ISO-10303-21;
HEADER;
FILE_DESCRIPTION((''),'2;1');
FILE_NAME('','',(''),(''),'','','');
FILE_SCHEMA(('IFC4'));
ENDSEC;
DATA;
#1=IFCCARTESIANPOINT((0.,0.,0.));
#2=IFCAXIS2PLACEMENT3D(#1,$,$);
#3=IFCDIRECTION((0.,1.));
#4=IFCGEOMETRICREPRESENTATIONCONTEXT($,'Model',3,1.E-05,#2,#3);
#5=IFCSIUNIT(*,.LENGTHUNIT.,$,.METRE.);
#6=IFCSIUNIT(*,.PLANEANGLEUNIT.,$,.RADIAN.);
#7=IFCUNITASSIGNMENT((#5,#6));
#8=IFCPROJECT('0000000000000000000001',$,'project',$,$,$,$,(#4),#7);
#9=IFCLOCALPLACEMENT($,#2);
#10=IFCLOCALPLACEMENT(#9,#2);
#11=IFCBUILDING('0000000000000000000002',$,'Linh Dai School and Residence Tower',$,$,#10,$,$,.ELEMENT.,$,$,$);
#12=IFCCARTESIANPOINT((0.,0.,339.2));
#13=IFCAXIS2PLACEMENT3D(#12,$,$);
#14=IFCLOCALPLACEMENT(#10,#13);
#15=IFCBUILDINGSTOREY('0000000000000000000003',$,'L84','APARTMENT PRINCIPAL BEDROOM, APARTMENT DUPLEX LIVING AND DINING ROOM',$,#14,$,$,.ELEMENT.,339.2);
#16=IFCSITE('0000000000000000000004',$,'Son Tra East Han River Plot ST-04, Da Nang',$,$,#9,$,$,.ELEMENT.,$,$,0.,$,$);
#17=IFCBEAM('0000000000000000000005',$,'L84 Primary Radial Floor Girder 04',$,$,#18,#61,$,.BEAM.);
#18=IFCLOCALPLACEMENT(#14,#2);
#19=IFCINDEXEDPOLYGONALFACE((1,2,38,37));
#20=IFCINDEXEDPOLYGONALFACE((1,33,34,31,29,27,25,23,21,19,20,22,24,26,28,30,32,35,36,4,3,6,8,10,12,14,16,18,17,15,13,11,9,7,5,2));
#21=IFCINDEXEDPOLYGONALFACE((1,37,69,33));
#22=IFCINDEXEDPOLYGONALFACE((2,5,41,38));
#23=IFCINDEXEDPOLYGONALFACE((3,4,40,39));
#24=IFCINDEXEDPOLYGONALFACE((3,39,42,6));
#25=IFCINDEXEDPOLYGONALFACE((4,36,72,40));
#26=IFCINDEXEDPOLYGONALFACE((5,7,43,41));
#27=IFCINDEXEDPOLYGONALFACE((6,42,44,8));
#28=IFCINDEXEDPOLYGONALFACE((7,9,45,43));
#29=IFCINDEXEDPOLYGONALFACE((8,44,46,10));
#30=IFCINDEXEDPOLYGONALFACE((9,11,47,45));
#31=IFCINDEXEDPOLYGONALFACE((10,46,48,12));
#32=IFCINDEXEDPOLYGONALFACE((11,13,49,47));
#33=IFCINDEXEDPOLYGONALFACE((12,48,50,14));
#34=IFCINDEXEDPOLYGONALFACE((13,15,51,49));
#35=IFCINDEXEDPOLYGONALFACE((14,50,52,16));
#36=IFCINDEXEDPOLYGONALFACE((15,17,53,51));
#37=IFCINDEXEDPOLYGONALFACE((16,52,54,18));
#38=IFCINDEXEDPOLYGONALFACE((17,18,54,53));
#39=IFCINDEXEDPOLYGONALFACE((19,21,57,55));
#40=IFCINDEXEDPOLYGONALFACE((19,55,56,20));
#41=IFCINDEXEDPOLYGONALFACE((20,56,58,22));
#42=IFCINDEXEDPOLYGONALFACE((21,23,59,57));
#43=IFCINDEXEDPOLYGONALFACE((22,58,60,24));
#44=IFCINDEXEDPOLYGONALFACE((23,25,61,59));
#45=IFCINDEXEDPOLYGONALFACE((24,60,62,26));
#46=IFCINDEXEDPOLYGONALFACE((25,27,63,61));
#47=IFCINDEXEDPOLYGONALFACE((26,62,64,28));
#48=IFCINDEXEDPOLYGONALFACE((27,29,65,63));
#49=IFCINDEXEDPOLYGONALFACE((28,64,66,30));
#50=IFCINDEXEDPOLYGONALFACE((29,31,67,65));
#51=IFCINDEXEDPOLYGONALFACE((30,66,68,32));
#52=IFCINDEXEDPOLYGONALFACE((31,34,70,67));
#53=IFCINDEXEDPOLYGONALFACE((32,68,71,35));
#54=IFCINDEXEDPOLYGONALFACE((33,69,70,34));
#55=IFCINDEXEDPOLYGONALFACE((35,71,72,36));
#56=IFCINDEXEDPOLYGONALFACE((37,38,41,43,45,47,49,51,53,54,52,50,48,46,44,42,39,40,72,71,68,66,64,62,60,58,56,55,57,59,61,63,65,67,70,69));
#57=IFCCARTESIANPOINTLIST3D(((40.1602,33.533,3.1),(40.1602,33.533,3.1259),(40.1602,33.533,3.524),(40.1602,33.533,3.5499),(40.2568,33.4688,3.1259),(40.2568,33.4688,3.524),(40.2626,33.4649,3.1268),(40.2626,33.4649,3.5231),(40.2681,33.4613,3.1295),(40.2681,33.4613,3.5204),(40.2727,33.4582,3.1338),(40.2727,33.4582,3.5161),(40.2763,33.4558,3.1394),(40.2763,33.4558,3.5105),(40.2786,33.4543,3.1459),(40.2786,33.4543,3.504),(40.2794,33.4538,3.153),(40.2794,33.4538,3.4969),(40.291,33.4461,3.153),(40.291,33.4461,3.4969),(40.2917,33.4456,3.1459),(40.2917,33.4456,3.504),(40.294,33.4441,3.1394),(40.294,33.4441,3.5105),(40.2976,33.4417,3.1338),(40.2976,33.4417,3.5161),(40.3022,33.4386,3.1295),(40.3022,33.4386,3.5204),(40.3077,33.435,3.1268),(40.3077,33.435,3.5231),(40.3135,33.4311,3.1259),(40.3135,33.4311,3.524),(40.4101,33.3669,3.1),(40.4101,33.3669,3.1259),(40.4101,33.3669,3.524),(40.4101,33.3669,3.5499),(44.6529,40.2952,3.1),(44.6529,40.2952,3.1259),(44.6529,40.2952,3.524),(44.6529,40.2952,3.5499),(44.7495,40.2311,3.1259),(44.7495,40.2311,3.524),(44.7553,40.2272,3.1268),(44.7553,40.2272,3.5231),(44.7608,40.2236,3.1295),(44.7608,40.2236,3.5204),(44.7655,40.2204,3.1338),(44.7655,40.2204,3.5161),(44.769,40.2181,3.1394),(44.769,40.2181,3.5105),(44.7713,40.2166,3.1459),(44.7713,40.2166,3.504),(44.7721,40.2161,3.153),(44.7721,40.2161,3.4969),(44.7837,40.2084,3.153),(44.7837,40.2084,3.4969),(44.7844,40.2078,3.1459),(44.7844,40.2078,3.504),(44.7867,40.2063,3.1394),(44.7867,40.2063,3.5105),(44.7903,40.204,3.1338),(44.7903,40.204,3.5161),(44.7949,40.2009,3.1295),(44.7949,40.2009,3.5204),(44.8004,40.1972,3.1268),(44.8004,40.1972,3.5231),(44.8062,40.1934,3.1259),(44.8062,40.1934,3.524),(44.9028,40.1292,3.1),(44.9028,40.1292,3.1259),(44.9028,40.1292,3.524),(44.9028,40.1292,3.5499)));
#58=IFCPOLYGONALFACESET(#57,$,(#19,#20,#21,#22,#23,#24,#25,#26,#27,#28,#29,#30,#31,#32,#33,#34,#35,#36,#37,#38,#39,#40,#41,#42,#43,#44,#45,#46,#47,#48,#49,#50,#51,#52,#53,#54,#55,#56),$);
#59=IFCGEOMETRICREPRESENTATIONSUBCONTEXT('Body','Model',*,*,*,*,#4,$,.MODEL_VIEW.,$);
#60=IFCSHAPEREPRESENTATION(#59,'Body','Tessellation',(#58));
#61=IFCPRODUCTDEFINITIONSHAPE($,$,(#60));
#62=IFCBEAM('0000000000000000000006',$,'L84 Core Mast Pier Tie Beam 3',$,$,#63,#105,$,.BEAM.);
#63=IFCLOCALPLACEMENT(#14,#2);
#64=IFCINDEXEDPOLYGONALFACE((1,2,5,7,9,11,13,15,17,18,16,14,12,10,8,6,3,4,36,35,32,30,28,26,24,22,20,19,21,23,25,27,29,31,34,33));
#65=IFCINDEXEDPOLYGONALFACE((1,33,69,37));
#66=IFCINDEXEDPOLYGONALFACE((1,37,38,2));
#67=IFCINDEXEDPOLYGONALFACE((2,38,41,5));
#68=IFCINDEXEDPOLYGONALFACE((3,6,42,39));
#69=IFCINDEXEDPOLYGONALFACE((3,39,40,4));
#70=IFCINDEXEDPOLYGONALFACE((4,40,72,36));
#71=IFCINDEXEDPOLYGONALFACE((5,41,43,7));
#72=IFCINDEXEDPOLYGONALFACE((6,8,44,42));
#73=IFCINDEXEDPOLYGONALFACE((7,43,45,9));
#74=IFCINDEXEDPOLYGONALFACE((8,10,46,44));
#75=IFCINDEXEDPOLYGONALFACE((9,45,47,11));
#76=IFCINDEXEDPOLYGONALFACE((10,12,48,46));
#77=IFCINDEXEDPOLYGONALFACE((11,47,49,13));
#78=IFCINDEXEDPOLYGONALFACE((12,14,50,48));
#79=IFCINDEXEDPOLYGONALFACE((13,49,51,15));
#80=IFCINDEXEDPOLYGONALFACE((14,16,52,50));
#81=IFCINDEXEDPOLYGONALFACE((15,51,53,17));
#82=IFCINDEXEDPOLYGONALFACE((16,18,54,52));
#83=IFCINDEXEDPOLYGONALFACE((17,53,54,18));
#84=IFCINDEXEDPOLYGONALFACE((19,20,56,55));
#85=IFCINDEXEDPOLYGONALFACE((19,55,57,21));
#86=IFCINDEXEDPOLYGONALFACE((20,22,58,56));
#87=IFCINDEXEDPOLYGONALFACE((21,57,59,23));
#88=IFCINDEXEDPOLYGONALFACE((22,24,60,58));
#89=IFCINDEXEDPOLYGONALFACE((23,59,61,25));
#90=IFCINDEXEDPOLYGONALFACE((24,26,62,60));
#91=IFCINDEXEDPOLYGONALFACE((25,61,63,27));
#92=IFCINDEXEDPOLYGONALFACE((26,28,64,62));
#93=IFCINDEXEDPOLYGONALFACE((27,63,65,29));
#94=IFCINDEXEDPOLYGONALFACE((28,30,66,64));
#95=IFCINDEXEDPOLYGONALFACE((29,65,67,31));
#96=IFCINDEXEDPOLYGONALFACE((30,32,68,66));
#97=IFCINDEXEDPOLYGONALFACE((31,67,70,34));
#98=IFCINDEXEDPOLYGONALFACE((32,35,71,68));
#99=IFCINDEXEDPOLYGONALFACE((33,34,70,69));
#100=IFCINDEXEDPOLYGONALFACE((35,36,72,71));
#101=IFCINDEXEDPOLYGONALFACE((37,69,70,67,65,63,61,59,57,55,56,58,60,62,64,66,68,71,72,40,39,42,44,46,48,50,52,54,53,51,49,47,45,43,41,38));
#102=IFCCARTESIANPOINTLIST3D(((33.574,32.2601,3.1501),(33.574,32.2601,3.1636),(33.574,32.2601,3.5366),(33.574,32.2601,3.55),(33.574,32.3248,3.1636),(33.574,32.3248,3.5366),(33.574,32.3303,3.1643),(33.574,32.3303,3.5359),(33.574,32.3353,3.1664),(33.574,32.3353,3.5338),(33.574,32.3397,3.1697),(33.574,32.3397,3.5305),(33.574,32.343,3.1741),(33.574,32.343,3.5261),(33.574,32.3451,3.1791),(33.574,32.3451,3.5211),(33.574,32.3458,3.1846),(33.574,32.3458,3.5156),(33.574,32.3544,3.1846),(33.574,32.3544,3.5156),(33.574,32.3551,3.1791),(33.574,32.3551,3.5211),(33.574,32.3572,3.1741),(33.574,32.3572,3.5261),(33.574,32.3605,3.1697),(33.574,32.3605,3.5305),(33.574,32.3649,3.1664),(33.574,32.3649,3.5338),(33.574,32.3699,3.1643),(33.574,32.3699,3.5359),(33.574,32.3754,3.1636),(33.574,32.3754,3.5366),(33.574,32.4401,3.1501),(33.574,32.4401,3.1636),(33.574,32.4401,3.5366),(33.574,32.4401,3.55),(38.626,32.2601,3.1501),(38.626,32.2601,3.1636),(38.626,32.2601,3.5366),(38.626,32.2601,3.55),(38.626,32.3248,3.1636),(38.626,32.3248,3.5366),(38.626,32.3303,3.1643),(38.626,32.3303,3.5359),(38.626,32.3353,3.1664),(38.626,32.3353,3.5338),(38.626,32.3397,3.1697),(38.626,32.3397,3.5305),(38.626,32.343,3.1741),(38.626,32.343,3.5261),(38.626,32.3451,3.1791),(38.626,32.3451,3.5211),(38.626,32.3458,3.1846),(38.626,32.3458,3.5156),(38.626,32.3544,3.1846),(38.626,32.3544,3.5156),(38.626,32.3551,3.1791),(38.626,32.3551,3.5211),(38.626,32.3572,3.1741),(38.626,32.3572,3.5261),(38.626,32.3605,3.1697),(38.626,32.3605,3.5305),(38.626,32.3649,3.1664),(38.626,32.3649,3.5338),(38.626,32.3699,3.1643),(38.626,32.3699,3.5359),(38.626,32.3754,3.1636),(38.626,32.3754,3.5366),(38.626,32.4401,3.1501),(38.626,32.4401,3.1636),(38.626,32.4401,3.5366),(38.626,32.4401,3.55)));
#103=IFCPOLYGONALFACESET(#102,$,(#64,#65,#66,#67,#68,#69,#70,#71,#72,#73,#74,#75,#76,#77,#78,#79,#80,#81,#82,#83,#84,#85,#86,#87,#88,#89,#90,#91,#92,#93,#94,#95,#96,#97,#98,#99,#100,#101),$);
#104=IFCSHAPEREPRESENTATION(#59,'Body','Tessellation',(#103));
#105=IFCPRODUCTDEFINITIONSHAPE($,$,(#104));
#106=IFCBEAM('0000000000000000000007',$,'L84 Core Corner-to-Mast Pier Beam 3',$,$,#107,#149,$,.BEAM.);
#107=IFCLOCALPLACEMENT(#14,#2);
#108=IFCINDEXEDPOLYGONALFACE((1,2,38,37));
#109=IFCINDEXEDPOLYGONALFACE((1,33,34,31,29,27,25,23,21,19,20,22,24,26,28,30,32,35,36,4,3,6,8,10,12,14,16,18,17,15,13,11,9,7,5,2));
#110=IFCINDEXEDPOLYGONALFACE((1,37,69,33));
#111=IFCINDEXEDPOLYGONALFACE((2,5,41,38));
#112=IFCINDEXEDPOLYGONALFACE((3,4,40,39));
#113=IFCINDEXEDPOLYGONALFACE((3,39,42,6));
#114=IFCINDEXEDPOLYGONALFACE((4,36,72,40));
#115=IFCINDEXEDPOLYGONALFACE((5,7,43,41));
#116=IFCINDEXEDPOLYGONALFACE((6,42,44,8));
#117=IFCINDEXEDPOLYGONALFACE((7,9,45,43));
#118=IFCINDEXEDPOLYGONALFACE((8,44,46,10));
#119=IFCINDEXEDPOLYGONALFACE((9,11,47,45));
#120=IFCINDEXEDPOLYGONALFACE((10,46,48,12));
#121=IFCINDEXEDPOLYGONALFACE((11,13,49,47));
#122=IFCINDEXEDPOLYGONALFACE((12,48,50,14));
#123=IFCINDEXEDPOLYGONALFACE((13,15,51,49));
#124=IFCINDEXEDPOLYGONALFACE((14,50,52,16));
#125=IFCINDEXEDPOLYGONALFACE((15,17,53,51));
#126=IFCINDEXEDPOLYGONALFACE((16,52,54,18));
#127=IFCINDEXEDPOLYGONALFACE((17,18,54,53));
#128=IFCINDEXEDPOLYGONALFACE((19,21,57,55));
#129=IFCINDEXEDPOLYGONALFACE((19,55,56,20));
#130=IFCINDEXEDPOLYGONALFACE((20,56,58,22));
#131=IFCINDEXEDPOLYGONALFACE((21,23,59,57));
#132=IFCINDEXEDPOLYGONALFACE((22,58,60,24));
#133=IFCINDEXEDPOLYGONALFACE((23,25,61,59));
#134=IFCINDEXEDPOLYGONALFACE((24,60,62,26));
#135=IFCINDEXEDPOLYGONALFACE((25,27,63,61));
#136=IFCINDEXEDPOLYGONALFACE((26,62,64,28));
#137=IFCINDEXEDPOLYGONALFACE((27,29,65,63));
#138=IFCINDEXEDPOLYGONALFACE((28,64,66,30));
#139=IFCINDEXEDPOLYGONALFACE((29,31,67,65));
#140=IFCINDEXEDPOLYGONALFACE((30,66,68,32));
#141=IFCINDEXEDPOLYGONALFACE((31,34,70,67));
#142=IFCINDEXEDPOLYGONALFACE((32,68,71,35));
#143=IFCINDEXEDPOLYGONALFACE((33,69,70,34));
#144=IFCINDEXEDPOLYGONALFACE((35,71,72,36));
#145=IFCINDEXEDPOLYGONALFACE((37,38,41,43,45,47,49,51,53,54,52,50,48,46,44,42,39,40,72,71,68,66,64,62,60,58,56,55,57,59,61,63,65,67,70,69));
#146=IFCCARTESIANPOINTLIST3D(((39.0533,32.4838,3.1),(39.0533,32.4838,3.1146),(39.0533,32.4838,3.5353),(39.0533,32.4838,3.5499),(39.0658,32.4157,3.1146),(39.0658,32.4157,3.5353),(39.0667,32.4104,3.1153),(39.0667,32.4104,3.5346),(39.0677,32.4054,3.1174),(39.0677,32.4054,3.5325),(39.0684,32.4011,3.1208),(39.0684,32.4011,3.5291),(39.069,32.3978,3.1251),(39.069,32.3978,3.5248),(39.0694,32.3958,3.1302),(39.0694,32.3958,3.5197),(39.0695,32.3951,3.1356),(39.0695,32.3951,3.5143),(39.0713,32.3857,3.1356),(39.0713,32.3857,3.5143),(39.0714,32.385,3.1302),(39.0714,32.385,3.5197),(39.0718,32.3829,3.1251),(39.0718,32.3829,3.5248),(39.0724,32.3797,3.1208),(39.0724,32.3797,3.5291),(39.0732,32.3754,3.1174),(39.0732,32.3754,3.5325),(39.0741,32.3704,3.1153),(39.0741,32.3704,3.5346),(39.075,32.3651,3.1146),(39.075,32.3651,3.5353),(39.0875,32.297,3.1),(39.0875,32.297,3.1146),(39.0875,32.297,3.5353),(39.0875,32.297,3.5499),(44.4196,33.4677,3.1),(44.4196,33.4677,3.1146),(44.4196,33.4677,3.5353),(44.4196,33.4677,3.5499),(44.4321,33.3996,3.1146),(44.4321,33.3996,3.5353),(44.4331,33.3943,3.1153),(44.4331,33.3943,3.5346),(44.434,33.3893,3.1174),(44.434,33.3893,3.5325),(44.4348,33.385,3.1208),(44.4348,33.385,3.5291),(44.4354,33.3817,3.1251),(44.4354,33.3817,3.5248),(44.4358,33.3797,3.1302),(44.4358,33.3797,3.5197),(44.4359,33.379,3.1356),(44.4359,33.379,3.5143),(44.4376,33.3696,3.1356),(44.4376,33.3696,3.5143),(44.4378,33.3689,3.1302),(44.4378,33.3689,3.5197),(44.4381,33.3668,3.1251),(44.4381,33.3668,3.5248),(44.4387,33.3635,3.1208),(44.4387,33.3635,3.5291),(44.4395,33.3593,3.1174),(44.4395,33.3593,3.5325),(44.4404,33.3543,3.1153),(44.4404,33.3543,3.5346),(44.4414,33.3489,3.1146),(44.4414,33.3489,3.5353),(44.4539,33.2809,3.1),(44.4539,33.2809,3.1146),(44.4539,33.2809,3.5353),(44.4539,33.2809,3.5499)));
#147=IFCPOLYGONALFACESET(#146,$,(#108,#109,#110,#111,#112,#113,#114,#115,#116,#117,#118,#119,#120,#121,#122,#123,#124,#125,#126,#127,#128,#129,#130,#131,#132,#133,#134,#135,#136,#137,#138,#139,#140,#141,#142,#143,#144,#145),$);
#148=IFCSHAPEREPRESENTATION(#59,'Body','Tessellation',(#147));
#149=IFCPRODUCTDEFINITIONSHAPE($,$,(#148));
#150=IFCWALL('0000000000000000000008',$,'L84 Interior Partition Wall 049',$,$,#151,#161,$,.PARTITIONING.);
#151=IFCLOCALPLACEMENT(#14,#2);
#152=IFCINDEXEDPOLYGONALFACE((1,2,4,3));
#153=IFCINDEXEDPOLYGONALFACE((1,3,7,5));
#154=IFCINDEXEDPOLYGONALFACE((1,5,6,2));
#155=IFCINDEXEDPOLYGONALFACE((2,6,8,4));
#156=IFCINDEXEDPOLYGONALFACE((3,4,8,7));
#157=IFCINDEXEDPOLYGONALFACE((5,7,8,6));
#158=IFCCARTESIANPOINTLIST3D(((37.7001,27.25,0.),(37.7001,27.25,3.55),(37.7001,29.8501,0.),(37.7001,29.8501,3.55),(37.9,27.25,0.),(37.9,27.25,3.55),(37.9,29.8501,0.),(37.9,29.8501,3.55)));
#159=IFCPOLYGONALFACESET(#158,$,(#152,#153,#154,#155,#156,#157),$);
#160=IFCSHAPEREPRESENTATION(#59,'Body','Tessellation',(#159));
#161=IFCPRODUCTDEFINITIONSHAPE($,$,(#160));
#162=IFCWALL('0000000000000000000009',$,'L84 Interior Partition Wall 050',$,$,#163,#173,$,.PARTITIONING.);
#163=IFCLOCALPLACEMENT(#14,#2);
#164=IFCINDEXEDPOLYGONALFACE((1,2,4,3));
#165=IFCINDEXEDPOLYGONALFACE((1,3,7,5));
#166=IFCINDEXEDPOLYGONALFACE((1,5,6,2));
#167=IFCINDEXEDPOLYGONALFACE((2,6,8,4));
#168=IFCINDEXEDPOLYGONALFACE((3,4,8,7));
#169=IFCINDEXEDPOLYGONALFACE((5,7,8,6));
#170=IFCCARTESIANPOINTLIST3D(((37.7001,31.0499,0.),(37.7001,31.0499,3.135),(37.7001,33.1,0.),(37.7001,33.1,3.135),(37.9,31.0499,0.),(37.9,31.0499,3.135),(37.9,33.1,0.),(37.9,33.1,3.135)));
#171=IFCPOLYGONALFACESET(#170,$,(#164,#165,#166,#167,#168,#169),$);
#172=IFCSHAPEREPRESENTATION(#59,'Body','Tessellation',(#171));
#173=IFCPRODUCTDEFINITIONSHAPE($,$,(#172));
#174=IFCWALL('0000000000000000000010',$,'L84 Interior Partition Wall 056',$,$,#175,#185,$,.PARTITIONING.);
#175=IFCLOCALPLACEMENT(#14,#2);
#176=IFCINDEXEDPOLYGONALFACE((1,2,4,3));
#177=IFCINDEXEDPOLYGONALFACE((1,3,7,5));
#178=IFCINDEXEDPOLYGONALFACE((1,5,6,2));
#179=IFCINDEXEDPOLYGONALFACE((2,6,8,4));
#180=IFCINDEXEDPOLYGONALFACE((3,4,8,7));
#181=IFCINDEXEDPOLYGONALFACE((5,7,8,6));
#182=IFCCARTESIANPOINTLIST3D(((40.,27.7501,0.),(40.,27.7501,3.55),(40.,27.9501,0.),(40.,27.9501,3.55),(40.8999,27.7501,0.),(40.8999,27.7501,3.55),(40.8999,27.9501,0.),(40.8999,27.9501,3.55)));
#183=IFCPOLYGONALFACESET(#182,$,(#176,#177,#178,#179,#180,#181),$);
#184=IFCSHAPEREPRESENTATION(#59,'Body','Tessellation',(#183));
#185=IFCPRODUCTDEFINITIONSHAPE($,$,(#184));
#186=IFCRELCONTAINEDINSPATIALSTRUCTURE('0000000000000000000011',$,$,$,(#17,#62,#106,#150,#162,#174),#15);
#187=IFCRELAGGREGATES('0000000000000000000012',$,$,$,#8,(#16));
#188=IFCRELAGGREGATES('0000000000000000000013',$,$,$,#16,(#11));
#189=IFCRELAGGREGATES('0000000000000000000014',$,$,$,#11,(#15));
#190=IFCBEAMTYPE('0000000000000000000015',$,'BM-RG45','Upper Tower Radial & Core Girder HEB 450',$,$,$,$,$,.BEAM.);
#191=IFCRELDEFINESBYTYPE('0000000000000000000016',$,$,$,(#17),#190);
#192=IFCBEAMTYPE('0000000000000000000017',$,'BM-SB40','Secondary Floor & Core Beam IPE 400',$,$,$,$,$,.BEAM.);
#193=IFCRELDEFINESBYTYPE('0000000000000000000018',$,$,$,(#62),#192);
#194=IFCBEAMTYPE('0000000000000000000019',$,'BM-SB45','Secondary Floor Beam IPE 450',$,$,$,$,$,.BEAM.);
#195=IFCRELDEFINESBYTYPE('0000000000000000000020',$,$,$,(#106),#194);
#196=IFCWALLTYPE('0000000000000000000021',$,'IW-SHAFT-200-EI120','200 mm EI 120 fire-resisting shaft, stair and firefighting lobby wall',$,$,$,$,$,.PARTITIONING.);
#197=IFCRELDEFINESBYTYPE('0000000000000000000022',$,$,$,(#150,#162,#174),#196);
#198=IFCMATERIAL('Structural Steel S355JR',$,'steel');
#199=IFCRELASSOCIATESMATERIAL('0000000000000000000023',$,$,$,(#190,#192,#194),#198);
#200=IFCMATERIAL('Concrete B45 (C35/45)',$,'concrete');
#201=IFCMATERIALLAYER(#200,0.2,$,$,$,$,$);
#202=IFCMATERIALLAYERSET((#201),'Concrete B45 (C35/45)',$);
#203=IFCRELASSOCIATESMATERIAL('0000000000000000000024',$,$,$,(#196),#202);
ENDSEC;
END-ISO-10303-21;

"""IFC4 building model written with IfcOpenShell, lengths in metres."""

from ifc_helpers import new_model, si_unit, direction, frame, frame_2d, origin, origin_2d, place, context, subcontext, project, spatial, rectangle, i_section, extrude, material, layer, layer_set, material_profile, profile_set, type_object, element, save


model = new_model("IFC4")

# Units and contexts
model_context = context("Model", 3, precision=1e-05, world=origin(), true_north=direction((0.0, 1.0)))
body_context = subcontext(model_context, "Body", "Model", "MODEL_VIEW")
ifc_project = project(units=[si_unit("LENGTHUNIT", "METRE"), si_unit("PLANEANGLEUNIT", "RADIAN")], contexts=[model_context])

# Site, building, storey
site_placement = place(None, origin())
site = spatial("IfcSite", under=ifc_project, at=site_placement, Name="Son Tra East Han River Plot ST-04, Da Nang", CompositionType="ELEMENT", RefElevation=0.0)
building_placement = place(site_placement, origin())
building = spatial("IfcBuilding", under=site, at=building_placement, Name="Linh Dai School and Residence Tower", CompositionType="ELEMENT")
storey_placement = place(building_placement, frame((0.0, 0.0, 339.2)))
storey = spatial("IfcBuildingStorey", under=building, at=storey_placement, Name="L84", Description="APARTMENT PRINCIPAL BEDROOM, APARTMENT DUPLEX LIVING AND DINING ROOM", CompositionType="ELEMENT", Elevation=339.2)

# Shared definitions
ifc_material_1 = material(Name="Structural Steel S355JR", Category="steel")

# Beams
ifc_material_profile_1 = material_profile(ifc_material_1, i_section(OverallWidth=0.3, OverallDepth=0.45, WebThickness=0.0139, FlangeThickness=0.0259, FilletRadius=0.0271, at=origin_2d()), Name="HEB 450")
ifc_profile_set_1 = profile_set([ifc_material_profile_1], Name="Structural Steel S355JR")
beam_type_1 = type_object("IfcBeamType", Name="BM-RG45", Description="Upper Tower Radial & Core Girder HEB 450", PredefinedType="BEAM", material=ifc_profile_set_1)
beam_1_placement = place(storey_placement, frame((40.2852, 33.45, 3.325), z_axis=(0.553381, 0.832928, 0.0), x_axis=(-0.832928, 0.553381, 0.0)))
element("IfcBeam", 1, at=beam_1_placement, inside=storey, type_object=beam_type_1, Name="L84 Primary Radial Floor Girder 04", PredefinedType="BEAM", context=body_context, shape_type="SweptSolid", body=[
    extrude(i_section(OverallWidth=0.3, OverallDepth=0.45, WebThickness=0.0139, FlangeThickness=0.0259, FilletRadius=0.0271, at=origin_2d()), origin(), (0.0, 0.0, 1.0), 8.1187),
])
ifc_material_profile_2 = material_profile(ifc_material_1, i_section(OverallWidth=0.1799, OverallDepth=0.3999, WebThickness=0.0085, FlangeThickness=0.0134, FilletRadius=0.021, at=origin_2d()), Name="IPE 400")
ifc_profile_set_2 = profile_set([ifc_material_profile_2], Name="Structural Steel S355JR")
beam_type_2 = type_object("IfcBeamType", Name="BM-SB40", Description="Secondary Floor & Core Beam IPE 400", PredefinedType="BEAM", material=ifc_profile_set_2)
beam_2_placement = place(storey_placement, frame((38.626, 32.3501, 3.3501), z_axis=(-1.0, 0.0, 0.0), x_axis=(0.0, -1.0, 0.0)))
element("IfcBeam", 2, at=beam_2_placement, inside=storey, type_object=beam_type_2, Name="L84 Core Mast Pier Tie Beam 3", PredefinedType="BEAM", context=body_context, shape_type="SweptSolid", body=[
    extrude(i_section(OverallWidth=0.1799, OverallDepth=0.3999, WebThickness=0.0085, FlangeThickness=0.0134, FilletRadius=0.021, at=origin_2d()), origin(), (0.0, 0.0, 1.0), 5.052),
])
ifc_material_profile_3 = material_profile(ifc_material_1, i_section(OverallWidth=0.1899, OverallDepth=0.45, WebThickness=0.0095, FlangeThickness=0.0146, FilletRadius=0.021, at=origin_2d()), Name="IPE 450")
ifc_profile_set_3 = profile_set([ifc_material_profile_3], Name="Structural Steel S355JR")
beam_type_3 = type_object("IfcBeamType", Name="BM-SB45", Description="Secondary Floor Beam IPE 450", PredefinedType="BEAM", material=ifc_profile_set_3)
beam_3_placement = place(storey_placement, frame((44.4368, 33.3743, 3.325), z_axis=(-0.983605, -0.180334, 0.0), x_axis=(0.180334, -0.983605, 0.0)))
element("IfcBeam", 3, at=beam_3_placement, inside=storey, type_object=beam_type_3, Name="L84 Core Corner-to-Mast Pier Beam 3", PredefinedType="BEAM", context=body_context, shape_type="SweptSolid", body=[
    extrude(i_section(OverallWidth=0.1899, OverallDepth=0.45, WebThickness=0.0095, FlangeThickness=0.0146, FilletRadius=0.021, at=origin_2d()), origin(), (0.0, 0.0, 1.0), 5.4558),
])

# Walls
ifc_material_2 = material(Name="Concrete B45 (C35/45)", Category="concrete")
ifc_layer_1 = layer(ifc_material_2, 0.2)
ifc_layer_set_1 = layer_set([ifc_layer_1], Name="Concrete B45 (C35/45)")
wall_type_1 = type_object("IfcWallType", Name="IW-SHAFT-200-EI120", Description="200 mm EI 120 fire-resisting shaft, stair and firefighting lobby wall", PredefinedType="PARTITIONING", material=ifc_layer_set_1)
wall_1_placement = place(storey_placement, frame((37.8, 27.25, 0.0), z_axis=(0.0, 0.0, 1.0), x_axis=(0.0, 1.0, 0.0)))
element("IfcWall", 4, at=wall_1_placement, inside=storey, type_object=wall_type_1, Name="L84 Interior Partition Wall 049", PredefinedType="PARTITIONING", context=body_context, shape_type="SweptSolid", body=[
    extrude(rectangle(XDim=2.6001, YDim=0.2, at=frame_2d((1.3, 0.0))), origin(), (0.0, 0.0, 1.0), 3.55),
])
wall_2_placement = place(storey_placement, frame((37.8, 31.05, 0.0), z_axis=(0.0, 0.0, 1.0), x_axis=(0.0, 1.0, 0.0)))
element("IfcWall", 5, at=wall_2_placement, inside=storey, type_object=wall_type_1, Name="L84 Interior Partition Wall 050", PredefinedType="PARTITIONING", context=body_context, shape_type="SweptSolid", body=[
    extrude(rectangle(XDim=2.05, YDim=0.2, at=frame_2d((1.0249, 0.0))), origin(), (0.0, 0.0, 1.0), 3.135),
])
wall_3_placement = place(storey_placement, frame((40.0, 27.8501, 0.0), z_axis=(0.0, 0.0, 1.0), x_axis=(1.0, 0.0, 0.0)))
element("IfcWall", 6, at=wall_3_placement, inside=storey, type_object=wall_type_1, Name="L84 Interior Partition Wall 056", PredefinedType="PARTITIONING", context=body_context, shape_type="SweptSolid", body=[
    extrude(rectangle(XDim=0.8999, YDim=0.2, at=frame_2d((0.45, 0.0))), origin(), (0.0, 0.0, 1.0), 3.55),
])

save(model, "model.ifc")
